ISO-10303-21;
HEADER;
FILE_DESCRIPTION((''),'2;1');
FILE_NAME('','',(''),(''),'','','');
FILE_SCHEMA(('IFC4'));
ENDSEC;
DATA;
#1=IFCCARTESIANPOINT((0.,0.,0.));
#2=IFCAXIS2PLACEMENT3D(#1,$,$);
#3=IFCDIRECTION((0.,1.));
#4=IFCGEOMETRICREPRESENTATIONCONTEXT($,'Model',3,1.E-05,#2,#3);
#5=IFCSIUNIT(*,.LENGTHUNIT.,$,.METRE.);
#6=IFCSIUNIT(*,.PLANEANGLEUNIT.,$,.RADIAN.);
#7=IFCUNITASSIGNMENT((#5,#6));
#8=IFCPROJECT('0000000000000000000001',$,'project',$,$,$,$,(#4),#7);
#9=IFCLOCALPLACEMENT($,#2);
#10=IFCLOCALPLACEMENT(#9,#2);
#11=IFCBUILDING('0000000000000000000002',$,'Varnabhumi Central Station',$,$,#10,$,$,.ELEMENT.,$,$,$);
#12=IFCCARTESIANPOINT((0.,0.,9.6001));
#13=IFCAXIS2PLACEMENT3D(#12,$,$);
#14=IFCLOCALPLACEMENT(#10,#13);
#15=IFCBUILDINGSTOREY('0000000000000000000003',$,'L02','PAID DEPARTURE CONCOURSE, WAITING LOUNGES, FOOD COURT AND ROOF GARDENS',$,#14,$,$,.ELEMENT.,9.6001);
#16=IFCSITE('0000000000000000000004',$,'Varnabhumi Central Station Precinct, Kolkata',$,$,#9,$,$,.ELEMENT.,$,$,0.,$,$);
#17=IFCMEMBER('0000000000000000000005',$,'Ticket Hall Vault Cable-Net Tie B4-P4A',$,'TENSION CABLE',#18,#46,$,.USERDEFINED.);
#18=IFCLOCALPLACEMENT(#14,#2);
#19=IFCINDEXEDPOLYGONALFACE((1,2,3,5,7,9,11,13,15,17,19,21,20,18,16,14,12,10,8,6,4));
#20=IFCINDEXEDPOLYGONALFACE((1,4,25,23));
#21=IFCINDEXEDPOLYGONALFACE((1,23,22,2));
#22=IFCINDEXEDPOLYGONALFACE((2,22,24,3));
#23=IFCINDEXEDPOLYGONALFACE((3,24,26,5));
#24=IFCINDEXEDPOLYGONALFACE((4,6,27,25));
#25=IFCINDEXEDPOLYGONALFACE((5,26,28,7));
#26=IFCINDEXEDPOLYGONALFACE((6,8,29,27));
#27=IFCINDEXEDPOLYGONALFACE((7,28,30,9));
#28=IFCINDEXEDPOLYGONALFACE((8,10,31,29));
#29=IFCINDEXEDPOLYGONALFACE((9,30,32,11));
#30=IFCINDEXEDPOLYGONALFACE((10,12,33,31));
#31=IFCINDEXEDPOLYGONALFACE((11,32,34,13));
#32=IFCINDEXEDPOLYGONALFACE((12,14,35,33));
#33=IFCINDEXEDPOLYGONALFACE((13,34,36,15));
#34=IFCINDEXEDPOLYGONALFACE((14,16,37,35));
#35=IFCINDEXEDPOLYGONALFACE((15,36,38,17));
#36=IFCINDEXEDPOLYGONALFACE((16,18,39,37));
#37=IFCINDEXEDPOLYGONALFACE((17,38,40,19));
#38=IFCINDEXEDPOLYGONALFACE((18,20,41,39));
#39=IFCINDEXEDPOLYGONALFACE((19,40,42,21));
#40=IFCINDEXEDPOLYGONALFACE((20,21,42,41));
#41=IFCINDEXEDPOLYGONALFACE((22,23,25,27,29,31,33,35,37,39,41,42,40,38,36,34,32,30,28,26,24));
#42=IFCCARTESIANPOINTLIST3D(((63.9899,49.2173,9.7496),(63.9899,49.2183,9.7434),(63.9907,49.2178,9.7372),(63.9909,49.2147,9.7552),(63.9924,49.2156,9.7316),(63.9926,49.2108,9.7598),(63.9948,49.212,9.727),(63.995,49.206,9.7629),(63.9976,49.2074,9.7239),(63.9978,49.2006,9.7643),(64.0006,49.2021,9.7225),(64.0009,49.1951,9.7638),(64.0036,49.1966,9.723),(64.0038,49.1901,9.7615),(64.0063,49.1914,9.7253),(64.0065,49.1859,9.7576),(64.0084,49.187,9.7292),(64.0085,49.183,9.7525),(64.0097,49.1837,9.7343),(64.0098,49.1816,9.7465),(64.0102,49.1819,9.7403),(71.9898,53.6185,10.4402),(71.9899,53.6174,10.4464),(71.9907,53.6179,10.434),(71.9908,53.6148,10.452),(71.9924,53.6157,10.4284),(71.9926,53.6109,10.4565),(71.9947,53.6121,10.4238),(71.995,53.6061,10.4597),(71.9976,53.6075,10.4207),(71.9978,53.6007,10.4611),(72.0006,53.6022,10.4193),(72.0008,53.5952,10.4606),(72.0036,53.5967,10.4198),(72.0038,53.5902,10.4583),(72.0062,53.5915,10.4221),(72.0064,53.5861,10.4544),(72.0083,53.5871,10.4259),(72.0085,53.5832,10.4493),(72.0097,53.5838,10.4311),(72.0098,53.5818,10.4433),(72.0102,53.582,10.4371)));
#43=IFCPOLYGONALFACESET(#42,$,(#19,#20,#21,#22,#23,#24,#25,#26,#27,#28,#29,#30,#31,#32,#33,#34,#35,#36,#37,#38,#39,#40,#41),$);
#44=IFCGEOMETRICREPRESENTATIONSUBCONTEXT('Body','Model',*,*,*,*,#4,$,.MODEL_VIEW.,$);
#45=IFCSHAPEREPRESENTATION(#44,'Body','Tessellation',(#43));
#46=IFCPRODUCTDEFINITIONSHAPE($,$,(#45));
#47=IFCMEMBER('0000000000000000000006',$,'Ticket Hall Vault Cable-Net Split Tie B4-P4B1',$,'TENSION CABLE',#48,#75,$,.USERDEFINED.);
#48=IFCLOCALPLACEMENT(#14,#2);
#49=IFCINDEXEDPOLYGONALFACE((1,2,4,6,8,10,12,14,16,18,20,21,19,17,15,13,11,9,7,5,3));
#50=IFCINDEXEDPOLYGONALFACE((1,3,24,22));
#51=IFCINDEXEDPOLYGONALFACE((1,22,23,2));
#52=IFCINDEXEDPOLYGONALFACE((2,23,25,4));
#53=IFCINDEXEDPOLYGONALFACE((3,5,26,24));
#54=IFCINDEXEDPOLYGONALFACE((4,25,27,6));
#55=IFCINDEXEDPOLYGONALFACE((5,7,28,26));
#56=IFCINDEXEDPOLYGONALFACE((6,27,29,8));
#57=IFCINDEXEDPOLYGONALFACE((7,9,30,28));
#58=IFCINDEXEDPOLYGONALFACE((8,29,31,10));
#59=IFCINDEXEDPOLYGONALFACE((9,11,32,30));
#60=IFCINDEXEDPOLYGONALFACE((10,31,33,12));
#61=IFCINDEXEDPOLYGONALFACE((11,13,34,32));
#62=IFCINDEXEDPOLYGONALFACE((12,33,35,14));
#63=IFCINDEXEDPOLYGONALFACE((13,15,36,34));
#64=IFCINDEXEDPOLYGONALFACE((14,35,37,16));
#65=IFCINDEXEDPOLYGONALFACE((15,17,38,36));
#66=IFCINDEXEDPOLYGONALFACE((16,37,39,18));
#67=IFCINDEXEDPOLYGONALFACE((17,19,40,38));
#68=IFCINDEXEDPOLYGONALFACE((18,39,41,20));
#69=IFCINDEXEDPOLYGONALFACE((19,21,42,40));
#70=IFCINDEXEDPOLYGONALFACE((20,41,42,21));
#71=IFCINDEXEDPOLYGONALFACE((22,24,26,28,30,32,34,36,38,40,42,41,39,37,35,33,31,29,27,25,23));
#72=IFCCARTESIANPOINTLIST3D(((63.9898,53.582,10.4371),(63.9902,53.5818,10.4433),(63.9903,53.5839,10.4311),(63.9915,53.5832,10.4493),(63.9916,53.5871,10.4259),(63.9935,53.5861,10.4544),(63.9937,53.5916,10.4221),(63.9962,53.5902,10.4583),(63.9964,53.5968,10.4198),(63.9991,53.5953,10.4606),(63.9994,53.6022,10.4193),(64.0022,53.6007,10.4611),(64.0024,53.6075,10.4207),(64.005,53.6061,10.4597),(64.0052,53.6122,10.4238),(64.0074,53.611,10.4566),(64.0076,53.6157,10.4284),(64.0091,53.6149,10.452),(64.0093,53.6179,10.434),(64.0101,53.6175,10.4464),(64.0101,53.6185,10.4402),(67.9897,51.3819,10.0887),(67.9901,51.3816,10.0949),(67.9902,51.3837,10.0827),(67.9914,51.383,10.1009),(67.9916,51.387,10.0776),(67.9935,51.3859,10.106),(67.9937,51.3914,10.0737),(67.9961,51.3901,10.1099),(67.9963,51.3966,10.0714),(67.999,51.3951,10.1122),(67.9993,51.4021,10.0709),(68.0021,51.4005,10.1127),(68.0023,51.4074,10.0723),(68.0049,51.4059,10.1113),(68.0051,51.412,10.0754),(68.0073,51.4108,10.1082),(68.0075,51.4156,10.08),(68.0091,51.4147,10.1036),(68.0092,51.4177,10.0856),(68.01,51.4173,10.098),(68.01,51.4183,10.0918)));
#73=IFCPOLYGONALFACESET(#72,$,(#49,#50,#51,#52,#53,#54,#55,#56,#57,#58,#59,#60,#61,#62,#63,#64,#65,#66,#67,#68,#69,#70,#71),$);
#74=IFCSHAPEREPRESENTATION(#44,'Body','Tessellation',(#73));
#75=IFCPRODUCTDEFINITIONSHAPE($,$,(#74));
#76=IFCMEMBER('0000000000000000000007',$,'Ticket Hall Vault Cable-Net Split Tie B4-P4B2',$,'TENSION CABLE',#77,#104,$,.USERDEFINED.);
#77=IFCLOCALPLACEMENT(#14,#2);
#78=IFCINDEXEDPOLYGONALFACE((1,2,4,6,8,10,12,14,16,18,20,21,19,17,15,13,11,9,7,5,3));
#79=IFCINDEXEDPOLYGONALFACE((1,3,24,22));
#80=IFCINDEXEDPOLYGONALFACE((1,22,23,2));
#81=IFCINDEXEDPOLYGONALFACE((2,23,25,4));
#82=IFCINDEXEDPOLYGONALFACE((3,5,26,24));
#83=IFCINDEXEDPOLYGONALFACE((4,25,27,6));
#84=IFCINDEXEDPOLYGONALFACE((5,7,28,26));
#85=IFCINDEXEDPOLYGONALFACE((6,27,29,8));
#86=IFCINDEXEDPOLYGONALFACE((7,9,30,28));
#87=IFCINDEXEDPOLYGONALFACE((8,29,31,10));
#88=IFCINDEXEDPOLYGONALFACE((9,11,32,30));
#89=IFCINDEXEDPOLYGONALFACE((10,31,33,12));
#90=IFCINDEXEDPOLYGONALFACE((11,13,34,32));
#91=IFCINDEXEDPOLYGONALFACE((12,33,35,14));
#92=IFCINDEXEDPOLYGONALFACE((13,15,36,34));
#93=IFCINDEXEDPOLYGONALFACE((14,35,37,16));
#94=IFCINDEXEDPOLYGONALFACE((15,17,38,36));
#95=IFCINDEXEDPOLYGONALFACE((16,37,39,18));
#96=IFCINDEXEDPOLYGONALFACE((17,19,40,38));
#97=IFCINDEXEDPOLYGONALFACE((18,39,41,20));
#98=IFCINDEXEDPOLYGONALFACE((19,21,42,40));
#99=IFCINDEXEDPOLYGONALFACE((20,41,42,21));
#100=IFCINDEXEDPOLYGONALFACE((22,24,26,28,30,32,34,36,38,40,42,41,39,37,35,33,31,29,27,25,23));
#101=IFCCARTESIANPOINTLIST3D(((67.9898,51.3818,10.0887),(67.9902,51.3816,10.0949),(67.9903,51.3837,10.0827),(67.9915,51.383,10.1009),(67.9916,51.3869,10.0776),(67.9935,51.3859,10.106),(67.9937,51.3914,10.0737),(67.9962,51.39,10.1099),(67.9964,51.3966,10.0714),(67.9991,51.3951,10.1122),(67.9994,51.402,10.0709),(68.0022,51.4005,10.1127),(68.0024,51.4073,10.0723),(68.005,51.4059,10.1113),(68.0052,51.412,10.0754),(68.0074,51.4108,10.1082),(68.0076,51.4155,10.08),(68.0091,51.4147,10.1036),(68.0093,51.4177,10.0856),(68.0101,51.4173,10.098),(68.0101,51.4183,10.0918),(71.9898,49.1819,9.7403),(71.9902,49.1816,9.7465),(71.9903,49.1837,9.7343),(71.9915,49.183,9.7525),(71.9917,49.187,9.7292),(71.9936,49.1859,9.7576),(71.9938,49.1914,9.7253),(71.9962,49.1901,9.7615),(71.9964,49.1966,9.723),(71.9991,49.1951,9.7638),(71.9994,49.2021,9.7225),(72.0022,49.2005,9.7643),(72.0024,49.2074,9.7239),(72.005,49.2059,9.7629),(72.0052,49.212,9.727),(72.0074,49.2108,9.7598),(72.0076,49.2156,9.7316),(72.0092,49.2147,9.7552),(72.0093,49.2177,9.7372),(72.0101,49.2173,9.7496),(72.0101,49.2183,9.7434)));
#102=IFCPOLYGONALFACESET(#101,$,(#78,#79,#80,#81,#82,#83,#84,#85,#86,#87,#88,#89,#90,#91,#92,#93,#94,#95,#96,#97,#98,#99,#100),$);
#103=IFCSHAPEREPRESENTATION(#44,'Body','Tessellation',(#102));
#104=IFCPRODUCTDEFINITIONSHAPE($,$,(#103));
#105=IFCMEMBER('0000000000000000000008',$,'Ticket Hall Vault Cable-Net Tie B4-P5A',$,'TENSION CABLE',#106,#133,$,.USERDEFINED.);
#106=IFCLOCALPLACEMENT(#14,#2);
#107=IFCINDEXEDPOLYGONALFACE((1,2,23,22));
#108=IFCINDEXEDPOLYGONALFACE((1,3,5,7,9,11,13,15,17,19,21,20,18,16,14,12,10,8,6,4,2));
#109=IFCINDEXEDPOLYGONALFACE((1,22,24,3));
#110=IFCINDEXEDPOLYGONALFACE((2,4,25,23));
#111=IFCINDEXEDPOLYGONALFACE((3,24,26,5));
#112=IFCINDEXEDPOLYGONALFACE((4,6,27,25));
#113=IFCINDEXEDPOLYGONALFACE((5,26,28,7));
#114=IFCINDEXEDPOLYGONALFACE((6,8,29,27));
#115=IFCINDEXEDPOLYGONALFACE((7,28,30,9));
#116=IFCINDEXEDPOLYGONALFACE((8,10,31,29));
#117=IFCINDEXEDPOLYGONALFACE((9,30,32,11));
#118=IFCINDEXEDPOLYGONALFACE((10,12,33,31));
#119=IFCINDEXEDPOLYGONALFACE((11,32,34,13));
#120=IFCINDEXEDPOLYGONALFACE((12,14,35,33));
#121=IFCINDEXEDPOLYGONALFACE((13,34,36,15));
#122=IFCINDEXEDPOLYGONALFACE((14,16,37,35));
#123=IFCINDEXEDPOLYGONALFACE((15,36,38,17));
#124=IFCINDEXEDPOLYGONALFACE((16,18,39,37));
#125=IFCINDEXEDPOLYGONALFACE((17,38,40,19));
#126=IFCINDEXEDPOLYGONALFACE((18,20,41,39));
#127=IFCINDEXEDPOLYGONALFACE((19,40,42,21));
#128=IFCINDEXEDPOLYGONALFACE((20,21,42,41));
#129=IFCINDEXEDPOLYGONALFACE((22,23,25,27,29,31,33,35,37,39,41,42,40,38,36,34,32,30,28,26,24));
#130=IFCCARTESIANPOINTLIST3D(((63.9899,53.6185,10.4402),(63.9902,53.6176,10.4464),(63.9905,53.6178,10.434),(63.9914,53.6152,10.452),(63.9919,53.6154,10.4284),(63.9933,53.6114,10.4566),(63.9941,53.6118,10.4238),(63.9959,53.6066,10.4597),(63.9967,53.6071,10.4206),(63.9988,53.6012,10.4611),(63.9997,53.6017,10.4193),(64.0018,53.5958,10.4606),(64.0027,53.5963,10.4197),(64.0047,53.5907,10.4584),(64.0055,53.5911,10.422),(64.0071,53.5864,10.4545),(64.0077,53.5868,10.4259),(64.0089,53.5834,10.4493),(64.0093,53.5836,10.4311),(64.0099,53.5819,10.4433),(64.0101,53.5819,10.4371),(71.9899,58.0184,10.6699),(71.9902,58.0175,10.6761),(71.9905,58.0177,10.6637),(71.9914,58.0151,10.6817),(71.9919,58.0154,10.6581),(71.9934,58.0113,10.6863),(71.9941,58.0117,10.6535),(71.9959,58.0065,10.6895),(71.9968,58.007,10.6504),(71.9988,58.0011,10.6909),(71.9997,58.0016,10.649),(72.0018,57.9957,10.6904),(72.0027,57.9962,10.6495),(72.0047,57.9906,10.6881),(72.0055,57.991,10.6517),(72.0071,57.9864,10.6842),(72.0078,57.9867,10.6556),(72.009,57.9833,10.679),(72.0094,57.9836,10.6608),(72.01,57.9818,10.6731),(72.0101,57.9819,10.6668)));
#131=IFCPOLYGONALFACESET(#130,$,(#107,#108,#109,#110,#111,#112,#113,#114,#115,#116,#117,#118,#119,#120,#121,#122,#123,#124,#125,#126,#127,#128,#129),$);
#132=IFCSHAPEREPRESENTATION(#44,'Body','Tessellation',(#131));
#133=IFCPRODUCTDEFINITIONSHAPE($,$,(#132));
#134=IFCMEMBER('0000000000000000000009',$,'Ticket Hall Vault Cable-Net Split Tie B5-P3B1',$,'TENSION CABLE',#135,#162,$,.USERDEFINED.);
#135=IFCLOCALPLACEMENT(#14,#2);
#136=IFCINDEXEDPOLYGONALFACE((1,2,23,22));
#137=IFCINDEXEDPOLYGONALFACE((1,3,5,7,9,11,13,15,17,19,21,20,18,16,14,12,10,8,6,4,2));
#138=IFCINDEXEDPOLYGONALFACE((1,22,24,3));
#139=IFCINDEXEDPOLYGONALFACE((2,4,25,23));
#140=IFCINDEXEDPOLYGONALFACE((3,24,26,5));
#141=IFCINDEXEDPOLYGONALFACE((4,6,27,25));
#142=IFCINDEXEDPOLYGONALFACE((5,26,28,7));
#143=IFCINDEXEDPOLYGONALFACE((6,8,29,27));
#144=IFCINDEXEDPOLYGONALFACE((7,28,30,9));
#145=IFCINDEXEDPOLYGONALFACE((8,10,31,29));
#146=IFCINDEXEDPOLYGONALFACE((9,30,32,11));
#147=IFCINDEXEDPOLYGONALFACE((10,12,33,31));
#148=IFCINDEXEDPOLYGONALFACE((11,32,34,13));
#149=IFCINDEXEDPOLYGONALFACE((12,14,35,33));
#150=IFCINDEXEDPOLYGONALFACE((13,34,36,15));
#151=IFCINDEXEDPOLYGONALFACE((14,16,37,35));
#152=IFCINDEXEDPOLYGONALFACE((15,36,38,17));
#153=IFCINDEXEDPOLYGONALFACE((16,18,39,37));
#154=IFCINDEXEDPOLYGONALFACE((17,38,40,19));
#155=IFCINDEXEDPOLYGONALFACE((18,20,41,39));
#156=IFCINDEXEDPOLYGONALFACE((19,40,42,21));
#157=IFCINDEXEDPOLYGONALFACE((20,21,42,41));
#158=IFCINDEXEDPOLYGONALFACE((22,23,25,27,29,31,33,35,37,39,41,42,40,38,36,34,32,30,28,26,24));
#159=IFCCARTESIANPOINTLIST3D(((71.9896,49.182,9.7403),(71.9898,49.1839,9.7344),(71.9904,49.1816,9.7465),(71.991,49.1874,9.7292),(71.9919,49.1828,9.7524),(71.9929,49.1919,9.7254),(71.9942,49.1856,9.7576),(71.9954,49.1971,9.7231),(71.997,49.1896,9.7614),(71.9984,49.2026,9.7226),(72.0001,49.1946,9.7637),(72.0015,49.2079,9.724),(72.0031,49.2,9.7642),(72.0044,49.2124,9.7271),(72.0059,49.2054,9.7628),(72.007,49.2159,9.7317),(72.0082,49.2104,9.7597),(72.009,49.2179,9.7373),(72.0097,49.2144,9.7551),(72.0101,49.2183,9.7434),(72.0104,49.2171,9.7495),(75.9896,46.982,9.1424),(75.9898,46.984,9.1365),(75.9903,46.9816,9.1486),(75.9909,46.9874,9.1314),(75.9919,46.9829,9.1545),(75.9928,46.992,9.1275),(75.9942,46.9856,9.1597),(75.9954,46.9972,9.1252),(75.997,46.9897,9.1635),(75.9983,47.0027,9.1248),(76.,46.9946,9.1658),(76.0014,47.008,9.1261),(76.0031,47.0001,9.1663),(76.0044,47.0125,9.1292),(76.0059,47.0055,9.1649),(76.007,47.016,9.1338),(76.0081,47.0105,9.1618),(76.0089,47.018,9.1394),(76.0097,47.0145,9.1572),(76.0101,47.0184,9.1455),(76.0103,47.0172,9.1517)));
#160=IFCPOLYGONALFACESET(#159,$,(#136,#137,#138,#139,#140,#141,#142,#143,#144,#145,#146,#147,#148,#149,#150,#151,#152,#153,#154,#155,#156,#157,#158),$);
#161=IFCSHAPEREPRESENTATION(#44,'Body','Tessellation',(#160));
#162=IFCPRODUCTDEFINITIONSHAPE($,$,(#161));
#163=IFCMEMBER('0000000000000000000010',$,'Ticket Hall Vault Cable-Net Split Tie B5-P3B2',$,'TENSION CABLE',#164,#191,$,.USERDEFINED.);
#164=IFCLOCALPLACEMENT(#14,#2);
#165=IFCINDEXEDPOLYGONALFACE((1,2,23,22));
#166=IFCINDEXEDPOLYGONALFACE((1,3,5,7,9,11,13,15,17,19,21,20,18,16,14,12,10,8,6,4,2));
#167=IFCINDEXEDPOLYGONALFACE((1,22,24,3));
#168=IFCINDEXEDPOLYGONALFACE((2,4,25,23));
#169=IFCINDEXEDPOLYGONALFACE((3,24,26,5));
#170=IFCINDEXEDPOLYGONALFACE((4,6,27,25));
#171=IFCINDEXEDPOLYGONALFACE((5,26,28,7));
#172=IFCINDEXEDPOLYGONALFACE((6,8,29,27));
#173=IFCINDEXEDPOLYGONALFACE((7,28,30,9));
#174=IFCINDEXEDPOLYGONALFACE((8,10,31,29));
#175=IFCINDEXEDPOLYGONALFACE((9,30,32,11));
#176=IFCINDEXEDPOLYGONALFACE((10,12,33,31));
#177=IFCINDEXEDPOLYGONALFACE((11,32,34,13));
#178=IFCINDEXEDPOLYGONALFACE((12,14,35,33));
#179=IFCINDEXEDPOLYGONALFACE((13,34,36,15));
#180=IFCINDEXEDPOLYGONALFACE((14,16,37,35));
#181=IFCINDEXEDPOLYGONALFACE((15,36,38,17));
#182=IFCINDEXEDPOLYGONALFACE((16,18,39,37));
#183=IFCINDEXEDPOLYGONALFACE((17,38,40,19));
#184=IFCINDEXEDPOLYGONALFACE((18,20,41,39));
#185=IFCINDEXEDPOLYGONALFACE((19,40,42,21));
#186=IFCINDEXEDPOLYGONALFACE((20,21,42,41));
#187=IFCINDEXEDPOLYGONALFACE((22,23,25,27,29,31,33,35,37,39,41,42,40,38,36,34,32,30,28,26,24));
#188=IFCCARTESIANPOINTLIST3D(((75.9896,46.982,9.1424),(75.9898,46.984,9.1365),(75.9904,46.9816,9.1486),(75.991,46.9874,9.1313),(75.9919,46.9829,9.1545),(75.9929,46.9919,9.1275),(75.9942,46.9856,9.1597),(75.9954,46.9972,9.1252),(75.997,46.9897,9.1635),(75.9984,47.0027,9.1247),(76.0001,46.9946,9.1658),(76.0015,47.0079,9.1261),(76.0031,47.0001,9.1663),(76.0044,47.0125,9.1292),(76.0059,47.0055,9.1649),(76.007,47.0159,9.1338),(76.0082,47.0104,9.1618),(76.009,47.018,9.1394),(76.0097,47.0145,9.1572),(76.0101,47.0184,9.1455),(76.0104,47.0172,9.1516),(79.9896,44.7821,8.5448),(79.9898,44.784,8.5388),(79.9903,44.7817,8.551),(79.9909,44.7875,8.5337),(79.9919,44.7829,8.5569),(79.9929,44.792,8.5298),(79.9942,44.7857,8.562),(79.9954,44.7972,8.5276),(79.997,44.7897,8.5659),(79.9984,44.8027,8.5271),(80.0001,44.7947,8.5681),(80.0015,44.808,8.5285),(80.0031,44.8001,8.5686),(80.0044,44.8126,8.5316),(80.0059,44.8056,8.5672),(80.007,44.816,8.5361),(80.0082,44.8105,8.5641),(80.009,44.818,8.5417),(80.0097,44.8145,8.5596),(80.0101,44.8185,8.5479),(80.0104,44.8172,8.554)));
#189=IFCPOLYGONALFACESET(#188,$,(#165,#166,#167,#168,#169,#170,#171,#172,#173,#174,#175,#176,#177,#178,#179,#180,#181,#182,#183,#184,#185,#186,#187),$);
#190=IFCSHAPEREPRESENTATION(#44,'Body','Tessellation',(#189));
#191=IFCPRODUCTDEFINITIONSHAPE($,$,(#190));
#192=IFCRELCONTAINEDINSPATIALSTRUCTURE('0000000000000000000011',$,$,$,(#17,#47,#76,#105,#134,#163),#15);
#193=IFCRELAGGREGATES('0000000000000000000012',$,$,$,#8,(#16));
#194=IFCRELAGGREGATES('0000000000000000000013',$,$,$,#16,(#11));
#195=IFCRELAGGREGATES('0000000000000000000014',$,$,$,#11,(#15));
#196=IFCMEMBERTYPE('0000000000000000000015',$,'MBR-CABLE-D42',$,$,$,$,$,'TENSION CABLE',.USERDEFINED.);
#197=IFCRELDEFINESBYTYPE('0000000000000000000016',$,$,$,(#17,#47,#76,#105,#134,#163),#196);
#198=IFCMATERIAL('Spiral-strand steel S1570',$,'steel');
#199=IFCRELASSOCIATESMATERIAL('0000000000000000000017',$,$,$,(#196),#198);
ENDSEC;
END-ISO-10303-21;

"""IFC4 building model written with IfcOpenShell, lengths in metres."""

from ifc_helpers import new_model, si_unit, direction, frame, origin, origin_2d, place, context, subcontext, project, spatial, circle, extrude, material, material_profile, profile_set, type_object, element, save


model = new_model("IFC4")

# Units and contexts
model_context = context("Model", 3, precision=1e-05, world=origin(), true_north=direction((0.0, 1.0)))
body_context = subcontext(model_context, "Body", "Model", "MODEL_VIEW")
ifc_project = project(units=[si_unit("LENGTHUNIT", "METRE"), si_unit("PLANEANGLEUNIT", "RADIAN")], contexts=[model_context])

# Site, building, storey
site_placement = place(None, origin())
site = spatial("IfcSite", under=ifc_project, at=site_placement, Name="Varnabhumi Central Station Precinct, Kolkata", CompositionType="ELEMENT", RefElevation=0.0)
building_placement = place(site_placement, origin())
building = spatial("IfcBuilding", under=site, at=building_placement, Name="Varnabhumi Central Station", CompositionType="ELEMENT")
storey_placement = place(building_placement, frame((0.0, 0.0, 9.6001)))
storey = spatial("IfcBuildingStorey", under=building, at=storey_placement, Name="L02", Description="PAID DEPARTURE CONCOURSE, WAITING LOUNGES, FOOD COURT AND ROOF GARDENS", CompositionType="ELEMENT", Elevation=9.6001)

# Members
ifc_material_1 = material(Name="Spiral-strand steel S1570", Category="steel")
ifc_material_profile_1 = material_profile(ifc_material_1, circle(Radius=0.021, at=origin_2d()), Name="Spiral-strand steel S1570", Category="steel")
ifc_profile_set_1 = profile_set([ifc_material_profile_1], Name="Spiral-strand steel S1570")
member_type = type_object("IfcMemberType", Name="MBR-CABLE-D42", ElementType="TENSION CABLE", PredefinedType="USERDEFINED", material=ifc_profile_set_1)
member_1_placement = place(storey_placement, frame((64.0, 49.2, 9.7434), z_axis=(0.873669, 0.480534, 0.076094), x_axis=(-0.481931, 0.876209, 0.0)))
element("IfcMember", 1, at=member_1_placement, inside=storey, type_object=member_type, Name="Ticket Hall Vault Cable-Net Tie B4-P4A", ObjectType="TENSION CABLE", PredefinedType="USERDEFINED", context=body_context, shape_type="SweptSolid", body=[
    extrude(circle(Radius=0.021, at=origin_2d()), origin(), (0.0, 0.0, 1.0), 9.1567),
])
for number, where, z_axis, x_axis, name in (
    (2, (64.0, 53.6001, 10.4402), (0.873657, -0.480554, -0.076093), (0.481952, 0.876198, 0.0), "Ticket Hall Vault Cable-Net Split Tie B4-P4B1"),
    (3, (68.0, 51.3999, 10.0918), (0.87368, -0.480513, -0.076095), (0.481911, 0.87622, 0.0), "Ticket Hall Vault Cable-Net Split Tie B4-P4B2"),
):
    element("IfcMember", number, at=place(storey_placement, frame(where, z_axis=z_axis, x_axis=x_axis)), inside=storey, type_object=member_type, Name=name, ObjectType="TENSION CABLE", PredefinedType="USERDEFINED", context=body_context, shape_type="SweptSolid", body=[
        extrude(circle(Radius=0.021, at=origin_2d()), origin(), (0.0, 0.0, 1.0), 4.5784),
    ])
member_2_placement = place(storey_placement, frame((64.0, 53.6001, 10.4402), z_axis=(0.875943, 0.481758, 0.025154), x_axis=(-0.481911, 0.87622, 0.0)))
element("IfcMember", 4, at=member_2_placement, inside=storey, type_object=member_type, Name="Ticket Hall Vault Cable-Net Tie B4-P5A", ObjectType="TENSION CABLE", PredefinedType="USERDEFINED", context=body_context, shape_type="SweptSolid", body=[
    extrude(circle(Radius=0.021, at=origin_2d()), origin(), (0.0, 0.0, 1.0), 9.1331),
])
for number, where, z_axis, x_axis, name in (
    (5, (72.0, 49.2, 9.7434), (0.8688, -0.47783, -0.129864), (0.481911, 0.87622, 0.0), "Ticket Hall Vault Cable-Net Split Tie B5-P3B1"),
    (6, (76.0, 47.0, 9.1455), (0.868806, -0.477833, -0.129812), (0.481911, 0.87622, 0.0), "Ticket Hall Vault Cable-Net Split Tie B5-P3B2"),
):
    element("IfcMember", number, at=place(storey_placement, frame(where, z_axis=z_axis, x_axis=x_axis)), inside=storey, type_object=member_type, Name=name, ObjectType="TENSION CABLE", PredefinedType="USERDEFINED", context=body_context, shape_type="SweptSolid", body=[
        extrude(circle(Radius=0.021, at=origin_2d()), origin(), (0.0, 0.0, 1.0), 4.604),
    ])

save(model, "model.ifc")
